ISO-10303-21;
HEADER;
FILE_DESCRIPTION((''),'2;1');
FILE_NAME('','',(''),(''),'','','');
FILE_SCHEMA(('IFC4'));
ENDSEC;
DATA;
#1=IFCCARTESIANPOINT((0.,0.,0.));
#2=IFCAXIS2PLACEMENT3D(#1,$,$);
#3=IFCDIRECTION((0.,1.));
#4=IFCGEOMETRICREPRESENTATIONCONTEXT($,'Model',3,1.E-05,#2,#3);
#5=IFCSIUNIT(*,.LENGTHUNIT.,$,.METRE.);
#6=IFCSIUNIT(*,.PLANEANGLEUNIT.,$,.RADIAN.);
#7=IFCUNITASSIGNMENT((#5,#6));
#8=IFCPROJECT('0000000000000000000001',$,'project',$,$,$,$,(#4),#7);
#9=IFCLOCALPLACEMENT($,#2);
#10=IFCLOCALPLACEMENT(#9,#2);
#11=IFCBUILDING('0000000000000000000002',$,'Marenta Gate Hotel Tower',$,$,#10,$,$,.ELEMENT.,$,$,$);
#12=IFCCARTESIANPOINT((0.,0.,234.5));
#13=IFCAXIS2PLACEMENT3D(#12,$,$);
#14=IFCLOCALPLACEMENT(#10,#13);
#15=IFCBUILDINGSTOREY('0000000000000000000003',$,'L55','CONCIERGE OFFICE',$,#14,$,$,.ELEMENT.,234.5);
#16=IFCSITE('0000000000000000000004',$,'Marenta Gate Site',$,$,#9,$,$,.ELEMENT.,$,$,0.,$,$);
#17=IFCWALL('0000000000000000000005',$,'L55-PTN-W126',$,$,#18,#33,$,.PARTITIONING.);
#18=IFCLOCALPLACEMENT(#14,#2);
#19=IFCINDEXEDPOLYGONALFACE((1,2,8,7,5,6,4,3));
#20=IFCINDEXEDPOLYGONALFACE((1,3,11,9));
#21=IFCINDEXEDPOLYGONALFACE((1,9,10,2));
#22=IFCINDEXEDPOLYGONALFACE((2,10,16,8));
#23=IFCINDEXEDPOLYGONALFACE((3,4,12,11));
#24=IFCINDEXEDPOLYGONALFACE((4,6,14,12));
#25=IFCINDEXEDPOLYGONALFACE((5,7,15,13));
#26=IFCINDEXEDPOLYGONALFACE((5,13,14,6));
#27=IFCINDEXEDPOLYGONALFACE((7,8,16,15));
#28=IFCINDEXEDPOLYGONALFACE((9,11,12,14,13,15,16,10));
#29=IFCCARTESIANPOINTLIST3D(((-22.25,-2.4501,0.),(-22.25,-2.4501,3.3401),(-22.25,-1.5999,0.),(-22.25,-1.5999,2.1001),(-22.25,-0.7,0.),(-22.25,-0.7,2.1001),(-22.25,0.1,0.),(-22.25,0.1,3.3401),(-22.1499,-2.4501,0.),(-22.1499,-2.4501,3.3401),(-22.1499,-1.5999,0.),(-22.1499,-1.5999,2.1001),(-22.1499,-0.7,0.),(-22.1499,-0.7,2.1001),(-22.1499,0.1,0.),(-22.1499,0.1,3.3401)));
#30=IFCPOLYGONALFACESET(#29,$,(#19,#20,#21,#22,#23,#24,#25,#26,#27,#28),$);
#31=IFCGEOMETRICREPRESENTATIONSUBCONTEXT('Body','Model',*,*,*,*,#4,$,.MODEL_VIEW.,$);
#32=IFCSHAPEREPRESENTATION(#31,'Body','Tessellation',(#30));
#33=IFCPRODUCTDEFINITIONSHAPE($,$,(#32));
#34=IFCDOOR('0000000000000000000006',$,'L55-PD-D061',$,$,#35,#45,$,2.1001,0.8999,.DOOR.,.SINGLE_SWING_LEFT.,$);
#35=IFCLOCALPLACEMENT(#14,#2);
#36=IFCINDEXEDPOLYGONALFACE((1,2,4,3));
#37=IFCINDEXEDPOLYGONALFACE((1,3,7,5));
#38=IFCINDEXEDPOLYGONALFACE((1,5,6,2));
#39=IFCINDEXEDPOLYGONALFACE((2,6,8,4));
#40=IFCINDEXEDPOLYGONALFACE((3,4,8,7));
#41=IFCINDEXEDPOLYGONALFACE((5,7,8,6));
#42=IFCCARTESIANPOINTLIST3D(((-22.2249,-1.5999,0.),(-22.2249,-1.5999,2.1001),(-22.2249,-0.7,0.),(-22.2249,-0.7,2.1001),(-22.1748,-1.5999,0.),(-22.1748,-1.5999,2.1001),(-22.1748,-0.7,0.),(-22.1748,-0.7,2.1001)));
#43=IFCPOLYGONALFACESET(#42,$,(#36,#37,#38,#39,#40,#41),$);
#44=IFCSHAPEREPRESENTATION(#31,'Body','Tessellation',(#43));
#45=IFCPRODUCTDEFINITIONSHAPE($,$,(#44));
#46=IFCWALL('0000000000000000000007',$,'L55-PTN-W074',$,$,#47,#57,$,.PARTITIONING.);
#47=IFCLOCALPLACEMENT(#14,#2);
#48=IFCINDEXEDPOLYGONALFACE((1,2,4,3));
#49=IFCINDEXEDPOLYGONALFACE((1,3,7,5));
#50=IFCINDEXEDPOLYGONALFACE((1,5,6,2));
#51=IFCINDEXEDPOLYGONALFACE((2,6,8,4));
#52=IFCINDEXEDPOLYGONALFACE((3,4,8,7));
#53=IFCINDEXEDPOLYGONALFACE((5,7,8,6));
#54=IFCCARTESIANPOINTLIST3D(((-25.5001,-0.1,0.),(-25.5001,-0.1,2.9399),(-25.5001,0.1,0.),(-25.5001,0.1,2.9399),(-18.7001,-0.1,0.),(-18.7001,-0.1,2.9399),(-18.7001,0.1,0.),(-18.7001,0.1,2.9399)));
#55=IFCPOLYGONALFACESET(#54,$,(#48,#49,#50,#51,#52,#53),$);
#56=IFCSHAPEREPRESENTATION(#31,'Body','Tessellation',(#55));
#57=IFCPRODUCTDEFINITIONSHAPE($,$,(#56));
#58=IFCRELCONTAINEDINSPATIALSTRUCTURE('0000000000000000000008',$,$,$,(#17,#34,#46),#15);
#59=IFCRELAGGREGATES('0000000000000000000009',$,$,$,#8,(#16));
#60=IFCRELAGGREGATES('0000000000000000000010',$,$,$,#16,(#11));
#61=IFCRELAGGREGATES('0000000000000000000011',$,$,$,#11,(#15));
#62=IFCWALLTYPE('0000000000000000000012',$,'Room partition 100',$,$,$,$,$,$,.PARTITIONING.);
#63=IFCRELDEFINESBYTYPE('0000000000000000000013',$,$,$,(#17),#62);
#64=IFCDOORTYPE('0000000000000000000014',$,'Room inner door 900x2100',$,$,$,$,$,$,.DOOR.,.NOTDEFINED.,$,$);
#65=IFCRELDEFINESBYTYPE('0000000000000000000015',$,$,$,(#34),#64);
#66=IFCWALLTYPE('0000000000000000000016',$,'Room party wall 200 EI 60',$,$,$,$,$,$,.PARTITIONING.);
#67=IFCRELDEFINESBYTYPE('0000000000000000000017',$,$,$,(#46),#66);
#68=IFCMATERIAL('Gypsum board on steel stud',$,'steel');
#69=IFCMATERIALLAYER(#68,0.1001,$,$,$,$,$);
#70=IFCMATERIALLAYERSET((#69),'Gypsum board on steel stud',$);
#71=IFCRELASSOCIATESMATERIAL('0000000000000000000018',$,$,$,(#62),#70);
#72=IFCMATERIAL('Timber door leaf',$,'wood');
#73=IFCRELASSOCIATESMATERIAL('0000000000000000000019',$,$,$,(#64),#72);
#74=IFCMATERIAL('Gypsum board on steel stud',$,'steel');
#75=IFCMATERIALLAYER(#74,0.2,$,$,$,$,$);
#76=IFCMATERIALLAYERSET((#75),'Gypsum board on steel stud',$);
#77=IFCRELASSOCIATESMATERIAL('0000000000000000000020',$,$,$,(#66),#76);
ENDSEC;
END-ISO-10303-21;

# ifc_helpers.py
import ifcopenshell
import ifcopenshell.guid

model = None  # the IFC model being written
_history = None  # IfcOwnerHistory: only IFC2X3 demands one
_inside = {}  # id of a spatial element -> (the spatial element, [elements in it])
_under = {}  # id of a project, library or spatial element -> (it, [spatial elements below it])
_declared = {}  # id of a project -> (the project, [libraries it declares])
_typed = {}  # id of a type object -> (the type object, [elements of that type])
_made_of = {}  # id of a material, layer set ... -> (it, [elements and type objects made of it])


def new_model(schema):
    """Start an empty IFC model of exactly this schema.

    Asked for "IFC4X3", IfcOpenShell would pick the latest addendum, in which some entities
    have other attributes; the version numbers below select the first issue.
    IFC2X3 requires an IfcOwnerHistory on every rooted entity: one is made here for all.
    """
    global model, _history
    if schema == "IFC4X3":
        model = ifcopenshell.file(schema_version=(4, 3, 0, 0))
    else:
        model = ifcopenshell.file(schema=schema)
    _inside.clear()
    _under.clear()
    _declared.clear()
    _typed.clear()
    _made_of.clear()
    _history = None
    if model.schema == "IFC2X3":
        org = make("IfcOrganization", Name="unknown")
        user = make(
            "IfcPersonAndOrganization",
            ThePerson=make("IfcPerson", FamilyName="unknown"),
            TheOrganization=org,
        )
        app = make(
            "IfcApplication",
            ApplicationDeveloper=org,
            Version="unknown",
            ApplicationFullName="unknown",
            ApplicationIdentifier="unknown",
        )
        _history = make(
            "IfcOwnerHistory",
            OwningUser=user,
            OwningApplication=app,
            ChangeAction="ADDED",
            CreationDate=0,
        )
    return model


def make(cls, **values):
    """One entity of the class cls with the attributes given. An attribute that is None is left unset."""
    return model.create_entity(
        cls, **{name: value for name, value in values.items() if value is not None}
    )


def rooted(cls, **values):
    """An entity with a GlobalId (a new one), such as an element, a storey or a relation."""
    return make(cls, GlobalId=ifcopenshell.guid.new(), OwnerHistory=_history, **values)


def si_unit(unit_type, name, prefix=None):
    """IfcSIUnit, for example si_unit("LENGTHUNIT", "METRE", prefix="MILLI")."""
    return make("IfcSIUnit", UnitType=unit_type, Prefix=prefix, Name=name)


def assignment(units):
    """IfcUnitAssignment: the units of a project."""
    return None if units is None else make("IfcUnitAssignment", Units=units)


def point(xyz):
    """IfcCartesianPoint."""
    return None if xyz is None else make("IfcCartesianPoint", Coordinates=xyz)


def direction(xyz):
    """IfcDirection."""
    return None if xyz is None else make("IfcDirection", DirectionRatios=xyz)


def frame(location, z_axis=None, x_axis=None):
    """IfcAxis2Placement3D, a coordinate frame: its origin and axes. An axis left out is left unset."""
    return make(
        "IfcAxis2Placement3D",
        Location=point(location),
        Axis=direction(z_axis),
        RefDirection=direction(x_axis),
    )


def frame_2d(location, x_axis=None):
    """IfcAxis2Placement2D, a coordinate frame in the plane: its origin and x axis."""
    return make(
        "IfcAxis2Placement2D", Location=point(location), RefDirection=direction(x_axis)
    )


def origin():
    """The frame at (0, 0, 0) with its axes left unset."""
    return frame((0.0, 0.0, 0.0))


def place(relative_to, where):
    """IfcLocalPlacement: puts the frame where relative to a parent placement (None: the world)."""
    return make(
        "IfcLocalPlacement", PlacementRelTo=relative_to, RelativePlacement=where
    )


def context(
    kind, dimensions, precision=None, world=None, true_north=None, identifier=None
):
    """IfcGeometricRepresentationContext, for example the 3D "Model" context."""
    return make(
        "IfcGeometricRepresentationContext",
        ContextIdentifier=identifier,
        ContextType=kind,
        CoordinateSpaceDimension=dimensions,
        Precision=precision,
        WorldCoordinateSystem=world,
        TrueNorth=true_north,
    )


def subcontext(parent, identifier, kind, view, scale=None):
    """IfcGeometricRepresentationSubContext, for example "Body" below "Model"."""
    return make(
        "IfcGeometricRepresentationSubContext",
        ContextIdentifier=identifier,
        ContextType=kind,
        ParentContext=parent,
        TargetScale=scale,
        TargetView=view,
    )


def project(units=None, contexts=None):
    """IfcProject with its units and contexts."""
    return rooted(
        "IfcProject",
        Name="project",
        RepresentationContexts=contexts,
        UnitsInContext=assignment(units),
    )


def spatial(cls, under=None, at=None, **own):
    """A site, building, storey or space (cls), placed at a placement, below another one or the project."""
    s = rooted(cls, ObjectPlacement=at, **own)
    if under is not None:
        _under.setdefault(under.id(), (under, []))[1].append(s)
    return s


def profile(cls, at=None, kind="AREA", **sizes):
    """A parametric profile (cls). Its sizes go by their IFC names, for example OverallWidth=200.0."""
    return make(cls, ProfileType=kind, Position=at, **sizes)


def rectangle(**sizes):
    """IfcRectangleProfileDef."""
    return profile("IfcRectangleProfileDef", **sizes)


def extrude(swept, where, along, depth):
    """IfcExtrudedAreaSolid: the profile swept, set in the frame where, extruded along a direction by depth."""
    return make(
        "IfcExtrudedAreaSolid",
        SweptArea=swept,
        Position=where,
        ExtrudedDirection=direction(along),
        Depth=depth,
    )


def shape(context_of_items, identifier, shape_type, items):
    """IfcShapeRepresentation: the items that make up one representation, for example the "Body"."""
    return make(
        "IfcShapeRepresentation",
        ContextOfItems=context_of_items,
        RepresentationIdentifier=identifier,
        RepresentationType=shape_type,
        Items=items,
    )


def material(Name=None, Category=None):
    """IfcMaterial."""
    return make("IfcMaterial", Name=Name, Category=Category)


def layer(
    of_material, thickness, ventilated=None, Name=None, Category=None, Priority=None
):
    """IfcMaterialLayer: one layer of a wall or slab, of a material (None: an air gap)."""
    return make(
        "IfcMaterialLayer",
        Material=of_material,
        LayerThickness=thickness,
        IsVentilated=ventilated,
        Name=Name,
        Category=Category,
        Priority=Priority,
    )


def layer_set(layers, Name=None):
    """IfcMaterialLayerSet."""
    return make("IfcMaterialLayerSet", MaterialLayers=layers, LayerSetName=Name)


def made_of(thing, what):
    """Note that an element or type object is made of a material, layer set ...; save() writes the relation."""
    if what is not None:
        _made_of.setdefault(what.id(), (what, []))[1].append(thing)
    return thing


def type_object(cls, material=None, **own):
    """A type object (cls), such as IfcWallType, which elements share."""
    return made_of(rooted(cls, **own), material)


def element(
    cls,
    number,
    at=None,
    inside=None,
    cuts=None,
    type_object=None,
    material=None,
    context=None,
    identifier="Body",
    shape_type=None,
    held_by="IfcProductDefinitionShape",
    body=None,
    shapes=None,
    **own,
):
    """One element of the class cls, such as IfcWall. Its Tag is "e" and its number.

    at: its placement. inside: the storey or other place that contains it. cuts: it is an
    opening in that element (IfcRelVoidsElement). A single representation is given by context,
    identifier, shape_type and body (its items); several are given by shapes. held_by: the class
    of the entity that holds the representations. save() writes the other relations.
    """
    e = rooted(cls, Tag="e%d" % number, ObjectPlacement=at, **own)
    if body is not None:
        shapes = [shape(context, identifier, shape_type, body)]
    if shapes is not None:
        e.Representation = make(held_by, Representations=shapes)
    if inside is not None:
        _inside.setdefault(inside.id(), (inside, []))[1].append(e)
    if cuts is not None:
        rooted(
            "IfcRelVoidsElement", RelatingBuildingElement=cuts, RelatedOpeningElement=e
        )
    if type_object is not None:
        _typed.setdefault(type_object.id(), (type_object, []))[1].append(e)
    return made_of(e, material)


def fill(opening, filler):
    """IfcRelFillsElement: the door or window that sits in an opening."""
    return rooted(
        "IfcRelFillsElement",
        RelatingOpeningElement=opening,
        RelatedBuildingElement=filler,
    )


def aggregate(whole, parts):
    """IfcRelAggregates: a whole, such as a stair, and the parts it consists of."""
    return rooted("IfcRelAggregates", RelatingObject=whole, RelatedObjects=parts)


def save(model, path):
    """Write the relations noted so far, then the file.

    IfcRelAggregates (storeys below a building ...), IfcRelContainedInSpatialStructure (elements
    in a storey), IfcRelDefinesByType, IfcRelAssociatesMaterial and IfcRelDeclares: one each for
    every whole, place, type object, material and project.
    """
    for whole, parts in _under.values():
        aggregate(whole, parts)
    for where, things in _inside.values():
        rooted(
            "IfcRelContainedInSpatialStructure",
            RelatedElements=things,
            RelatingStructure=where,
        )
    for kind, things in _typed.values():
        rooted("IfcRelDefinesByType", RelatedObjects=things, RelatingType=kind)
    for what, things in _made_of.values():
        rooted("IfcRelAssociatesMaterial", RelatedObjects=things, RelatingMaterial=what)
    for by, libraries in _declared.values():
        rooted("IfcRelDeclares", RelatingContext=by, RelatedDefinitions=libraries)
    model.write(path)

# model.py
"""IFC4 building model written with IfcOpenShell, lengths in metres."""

from ifc_helpers import new_model, si_unit, direction, frame, frame_2d, origin, place, context, subcontext, project, spatial, rectangle, extrude, material, layer, layer_set, type_object, element, fill, save


model = new_model("IFC4")

# Units and contexts
model_context = context("Model", 3, precision=1e-05, world=origin(), true_north=direction((0.0, 1.0)))
body_context = subcontext(model_context, "Body", "Model", "MODEL_VIEW")
ifc_project = project(units=[si_unit("LENGTHUNIT", "METRE"), si_unit("PLANEANGLEUNIT", "RADIAN")], contexts=[model_context])

# Site, building, storey
site_placement = place(None, origin())
site = spatial("IfcSite", under=ifc_project, at=site_placement, Name="Marenta Gate Site", CompositionType="ELEMENT", RefElevation=0.0)
building_placement = place(site_placement, origin())
building = spatial("IfcBuilding", under=site, at=building_placement, Name="Marenta Gate Hotel Tower", CompositionType="ELEMENT")
storey_placement = place(building_placement, frame((0.0, 0.0, 234.5)))
storey = spatial("IfcBuildingStorey", under=building, at=storey_placement, Name="L55", Description="CONCIERGE OFFICE", CompositionType="ELEMENT", Elevation=234.5)

# Shared definitions
ifc_material_1 = material(Name="Gypsum board on steel stud", Category="steel")
ifc_layer_1 = layer(ifc_material_1, 0.1001)
ifc_layer_set_1 = layer_set([ifc_layer_1], Name="Gypsum board on steel stud")
wall_type_1 = type_object("IfcWallType", Name="Room partition 100", PredefinedType="PARTITIONING", material=ifc_layer_set_1)

# Wall, opening, door
wall_1_placement = place(storey_placement, frame((-22.2, -2.45, 0.0), z_axis=(0.0, 0.0, 1.0), x_axis=(0.0, 1.0, 0.0)))
wall_1 = element("IfcWall", 1, at=wall_1_placement, inside=storey, type_object=wall_type_1, Name="L55-PTN-W126", PredefinedType="PARTITIONING", context=body_context, shape_type="SweptSolid", body=[
    extrude(rectangle(XDim=2.55, YDim=0.1001, at=frame_2d((1.2749, 0.0))), origin(), (0.0, 0.0, 1.0), 3.3401),
])
opening_placement = place(wall_1_placement, frame((0.8501, 0.0, 0.0)))
opening = element("IfcOpeningElement", 2, at=opening_placement, cuts=wall_1, PredefinedType="OPENING", context=body_context, shape_type="SweptSolid", body=[
    extrude(rectangle(XDim=0.8999, YDim=2.1001, at=frame_2d((0.45, 1.05))), frame((0.0, 0.05, 0.0), z_axis=(0.0, -1.0, 0.0), x_axis=(1.0, 0.0, 0.0)), (0.0, 0.0, 1.0), 0.1001),
])
ifc_material_2 = material(Name="Timber door leaf", Category="wood")
door_type = type_object("IfcDoorType", Name="Room inner door 900x2100", OperationType="NOTDEFINED", PredefinedType="DOOR", material=ifc_material_2)
door_placement = place(opening_placement, origin())
door = element("IfcDoor", 3, at=door_placement, inside=storey, type_object=door_type, Name="L55-PD-D061", OperationType="SINGLE_SWING_LEFT", OverallHeight=2.1001, OverallWidth=0.8999, PredefinedType="DOOR", context=body_context, shape_type="SweptSolid", body=[
    extrude(rectangle(XDim=0.8999, YDim=2.1001, at=frame_2d((0.45, 1.05))), frame((0.0, 0.0249, 0.0), z_axis=(0.0, -1.0, 0.0), x_axis=(1.0, 0.0, 0.0)), (0.0, 0.0, 1.0), 0.05),
])
fill(opening, door)

# Wall
ifc_material_3 = material(Name="Gypsum board on steel stud", Category="steel")
ifc_layer_2 = layer(ifc_material_3, 0.2)
ifc_layer_set_2 = layer_set([ifc_layer_2], Name="Gypsum board on steel stud")
wall_type_2 = type_object("IfcWallType", Name="Room party wall 200 EI 60", PredefinedType="PARTITIONING", material=ifc_layer_set_2)
wall_2_placement = place(storey_placement, frame((-25.5, 0.0, 0.0), z_axis=(0.0, 0.0, 1.0), x_axis=(1.0, 0.0, 0.0)))
element("IfcWall", 4, at=wall_2_placement, inside=storey, type_object=wall_type_2, Name="L55-PTN-W074", PredefinedType="PARTITIONING", context=body_context, shape_type="SweptSolid", body=[
    extrude(rectangle(XDim=6.8, YDim=0.2, at=frame_2d((3.3999, 0.0))), origin(), (0.0, 0.0, 1.0), 2.9399),
])

save(model, "model.ifc")
